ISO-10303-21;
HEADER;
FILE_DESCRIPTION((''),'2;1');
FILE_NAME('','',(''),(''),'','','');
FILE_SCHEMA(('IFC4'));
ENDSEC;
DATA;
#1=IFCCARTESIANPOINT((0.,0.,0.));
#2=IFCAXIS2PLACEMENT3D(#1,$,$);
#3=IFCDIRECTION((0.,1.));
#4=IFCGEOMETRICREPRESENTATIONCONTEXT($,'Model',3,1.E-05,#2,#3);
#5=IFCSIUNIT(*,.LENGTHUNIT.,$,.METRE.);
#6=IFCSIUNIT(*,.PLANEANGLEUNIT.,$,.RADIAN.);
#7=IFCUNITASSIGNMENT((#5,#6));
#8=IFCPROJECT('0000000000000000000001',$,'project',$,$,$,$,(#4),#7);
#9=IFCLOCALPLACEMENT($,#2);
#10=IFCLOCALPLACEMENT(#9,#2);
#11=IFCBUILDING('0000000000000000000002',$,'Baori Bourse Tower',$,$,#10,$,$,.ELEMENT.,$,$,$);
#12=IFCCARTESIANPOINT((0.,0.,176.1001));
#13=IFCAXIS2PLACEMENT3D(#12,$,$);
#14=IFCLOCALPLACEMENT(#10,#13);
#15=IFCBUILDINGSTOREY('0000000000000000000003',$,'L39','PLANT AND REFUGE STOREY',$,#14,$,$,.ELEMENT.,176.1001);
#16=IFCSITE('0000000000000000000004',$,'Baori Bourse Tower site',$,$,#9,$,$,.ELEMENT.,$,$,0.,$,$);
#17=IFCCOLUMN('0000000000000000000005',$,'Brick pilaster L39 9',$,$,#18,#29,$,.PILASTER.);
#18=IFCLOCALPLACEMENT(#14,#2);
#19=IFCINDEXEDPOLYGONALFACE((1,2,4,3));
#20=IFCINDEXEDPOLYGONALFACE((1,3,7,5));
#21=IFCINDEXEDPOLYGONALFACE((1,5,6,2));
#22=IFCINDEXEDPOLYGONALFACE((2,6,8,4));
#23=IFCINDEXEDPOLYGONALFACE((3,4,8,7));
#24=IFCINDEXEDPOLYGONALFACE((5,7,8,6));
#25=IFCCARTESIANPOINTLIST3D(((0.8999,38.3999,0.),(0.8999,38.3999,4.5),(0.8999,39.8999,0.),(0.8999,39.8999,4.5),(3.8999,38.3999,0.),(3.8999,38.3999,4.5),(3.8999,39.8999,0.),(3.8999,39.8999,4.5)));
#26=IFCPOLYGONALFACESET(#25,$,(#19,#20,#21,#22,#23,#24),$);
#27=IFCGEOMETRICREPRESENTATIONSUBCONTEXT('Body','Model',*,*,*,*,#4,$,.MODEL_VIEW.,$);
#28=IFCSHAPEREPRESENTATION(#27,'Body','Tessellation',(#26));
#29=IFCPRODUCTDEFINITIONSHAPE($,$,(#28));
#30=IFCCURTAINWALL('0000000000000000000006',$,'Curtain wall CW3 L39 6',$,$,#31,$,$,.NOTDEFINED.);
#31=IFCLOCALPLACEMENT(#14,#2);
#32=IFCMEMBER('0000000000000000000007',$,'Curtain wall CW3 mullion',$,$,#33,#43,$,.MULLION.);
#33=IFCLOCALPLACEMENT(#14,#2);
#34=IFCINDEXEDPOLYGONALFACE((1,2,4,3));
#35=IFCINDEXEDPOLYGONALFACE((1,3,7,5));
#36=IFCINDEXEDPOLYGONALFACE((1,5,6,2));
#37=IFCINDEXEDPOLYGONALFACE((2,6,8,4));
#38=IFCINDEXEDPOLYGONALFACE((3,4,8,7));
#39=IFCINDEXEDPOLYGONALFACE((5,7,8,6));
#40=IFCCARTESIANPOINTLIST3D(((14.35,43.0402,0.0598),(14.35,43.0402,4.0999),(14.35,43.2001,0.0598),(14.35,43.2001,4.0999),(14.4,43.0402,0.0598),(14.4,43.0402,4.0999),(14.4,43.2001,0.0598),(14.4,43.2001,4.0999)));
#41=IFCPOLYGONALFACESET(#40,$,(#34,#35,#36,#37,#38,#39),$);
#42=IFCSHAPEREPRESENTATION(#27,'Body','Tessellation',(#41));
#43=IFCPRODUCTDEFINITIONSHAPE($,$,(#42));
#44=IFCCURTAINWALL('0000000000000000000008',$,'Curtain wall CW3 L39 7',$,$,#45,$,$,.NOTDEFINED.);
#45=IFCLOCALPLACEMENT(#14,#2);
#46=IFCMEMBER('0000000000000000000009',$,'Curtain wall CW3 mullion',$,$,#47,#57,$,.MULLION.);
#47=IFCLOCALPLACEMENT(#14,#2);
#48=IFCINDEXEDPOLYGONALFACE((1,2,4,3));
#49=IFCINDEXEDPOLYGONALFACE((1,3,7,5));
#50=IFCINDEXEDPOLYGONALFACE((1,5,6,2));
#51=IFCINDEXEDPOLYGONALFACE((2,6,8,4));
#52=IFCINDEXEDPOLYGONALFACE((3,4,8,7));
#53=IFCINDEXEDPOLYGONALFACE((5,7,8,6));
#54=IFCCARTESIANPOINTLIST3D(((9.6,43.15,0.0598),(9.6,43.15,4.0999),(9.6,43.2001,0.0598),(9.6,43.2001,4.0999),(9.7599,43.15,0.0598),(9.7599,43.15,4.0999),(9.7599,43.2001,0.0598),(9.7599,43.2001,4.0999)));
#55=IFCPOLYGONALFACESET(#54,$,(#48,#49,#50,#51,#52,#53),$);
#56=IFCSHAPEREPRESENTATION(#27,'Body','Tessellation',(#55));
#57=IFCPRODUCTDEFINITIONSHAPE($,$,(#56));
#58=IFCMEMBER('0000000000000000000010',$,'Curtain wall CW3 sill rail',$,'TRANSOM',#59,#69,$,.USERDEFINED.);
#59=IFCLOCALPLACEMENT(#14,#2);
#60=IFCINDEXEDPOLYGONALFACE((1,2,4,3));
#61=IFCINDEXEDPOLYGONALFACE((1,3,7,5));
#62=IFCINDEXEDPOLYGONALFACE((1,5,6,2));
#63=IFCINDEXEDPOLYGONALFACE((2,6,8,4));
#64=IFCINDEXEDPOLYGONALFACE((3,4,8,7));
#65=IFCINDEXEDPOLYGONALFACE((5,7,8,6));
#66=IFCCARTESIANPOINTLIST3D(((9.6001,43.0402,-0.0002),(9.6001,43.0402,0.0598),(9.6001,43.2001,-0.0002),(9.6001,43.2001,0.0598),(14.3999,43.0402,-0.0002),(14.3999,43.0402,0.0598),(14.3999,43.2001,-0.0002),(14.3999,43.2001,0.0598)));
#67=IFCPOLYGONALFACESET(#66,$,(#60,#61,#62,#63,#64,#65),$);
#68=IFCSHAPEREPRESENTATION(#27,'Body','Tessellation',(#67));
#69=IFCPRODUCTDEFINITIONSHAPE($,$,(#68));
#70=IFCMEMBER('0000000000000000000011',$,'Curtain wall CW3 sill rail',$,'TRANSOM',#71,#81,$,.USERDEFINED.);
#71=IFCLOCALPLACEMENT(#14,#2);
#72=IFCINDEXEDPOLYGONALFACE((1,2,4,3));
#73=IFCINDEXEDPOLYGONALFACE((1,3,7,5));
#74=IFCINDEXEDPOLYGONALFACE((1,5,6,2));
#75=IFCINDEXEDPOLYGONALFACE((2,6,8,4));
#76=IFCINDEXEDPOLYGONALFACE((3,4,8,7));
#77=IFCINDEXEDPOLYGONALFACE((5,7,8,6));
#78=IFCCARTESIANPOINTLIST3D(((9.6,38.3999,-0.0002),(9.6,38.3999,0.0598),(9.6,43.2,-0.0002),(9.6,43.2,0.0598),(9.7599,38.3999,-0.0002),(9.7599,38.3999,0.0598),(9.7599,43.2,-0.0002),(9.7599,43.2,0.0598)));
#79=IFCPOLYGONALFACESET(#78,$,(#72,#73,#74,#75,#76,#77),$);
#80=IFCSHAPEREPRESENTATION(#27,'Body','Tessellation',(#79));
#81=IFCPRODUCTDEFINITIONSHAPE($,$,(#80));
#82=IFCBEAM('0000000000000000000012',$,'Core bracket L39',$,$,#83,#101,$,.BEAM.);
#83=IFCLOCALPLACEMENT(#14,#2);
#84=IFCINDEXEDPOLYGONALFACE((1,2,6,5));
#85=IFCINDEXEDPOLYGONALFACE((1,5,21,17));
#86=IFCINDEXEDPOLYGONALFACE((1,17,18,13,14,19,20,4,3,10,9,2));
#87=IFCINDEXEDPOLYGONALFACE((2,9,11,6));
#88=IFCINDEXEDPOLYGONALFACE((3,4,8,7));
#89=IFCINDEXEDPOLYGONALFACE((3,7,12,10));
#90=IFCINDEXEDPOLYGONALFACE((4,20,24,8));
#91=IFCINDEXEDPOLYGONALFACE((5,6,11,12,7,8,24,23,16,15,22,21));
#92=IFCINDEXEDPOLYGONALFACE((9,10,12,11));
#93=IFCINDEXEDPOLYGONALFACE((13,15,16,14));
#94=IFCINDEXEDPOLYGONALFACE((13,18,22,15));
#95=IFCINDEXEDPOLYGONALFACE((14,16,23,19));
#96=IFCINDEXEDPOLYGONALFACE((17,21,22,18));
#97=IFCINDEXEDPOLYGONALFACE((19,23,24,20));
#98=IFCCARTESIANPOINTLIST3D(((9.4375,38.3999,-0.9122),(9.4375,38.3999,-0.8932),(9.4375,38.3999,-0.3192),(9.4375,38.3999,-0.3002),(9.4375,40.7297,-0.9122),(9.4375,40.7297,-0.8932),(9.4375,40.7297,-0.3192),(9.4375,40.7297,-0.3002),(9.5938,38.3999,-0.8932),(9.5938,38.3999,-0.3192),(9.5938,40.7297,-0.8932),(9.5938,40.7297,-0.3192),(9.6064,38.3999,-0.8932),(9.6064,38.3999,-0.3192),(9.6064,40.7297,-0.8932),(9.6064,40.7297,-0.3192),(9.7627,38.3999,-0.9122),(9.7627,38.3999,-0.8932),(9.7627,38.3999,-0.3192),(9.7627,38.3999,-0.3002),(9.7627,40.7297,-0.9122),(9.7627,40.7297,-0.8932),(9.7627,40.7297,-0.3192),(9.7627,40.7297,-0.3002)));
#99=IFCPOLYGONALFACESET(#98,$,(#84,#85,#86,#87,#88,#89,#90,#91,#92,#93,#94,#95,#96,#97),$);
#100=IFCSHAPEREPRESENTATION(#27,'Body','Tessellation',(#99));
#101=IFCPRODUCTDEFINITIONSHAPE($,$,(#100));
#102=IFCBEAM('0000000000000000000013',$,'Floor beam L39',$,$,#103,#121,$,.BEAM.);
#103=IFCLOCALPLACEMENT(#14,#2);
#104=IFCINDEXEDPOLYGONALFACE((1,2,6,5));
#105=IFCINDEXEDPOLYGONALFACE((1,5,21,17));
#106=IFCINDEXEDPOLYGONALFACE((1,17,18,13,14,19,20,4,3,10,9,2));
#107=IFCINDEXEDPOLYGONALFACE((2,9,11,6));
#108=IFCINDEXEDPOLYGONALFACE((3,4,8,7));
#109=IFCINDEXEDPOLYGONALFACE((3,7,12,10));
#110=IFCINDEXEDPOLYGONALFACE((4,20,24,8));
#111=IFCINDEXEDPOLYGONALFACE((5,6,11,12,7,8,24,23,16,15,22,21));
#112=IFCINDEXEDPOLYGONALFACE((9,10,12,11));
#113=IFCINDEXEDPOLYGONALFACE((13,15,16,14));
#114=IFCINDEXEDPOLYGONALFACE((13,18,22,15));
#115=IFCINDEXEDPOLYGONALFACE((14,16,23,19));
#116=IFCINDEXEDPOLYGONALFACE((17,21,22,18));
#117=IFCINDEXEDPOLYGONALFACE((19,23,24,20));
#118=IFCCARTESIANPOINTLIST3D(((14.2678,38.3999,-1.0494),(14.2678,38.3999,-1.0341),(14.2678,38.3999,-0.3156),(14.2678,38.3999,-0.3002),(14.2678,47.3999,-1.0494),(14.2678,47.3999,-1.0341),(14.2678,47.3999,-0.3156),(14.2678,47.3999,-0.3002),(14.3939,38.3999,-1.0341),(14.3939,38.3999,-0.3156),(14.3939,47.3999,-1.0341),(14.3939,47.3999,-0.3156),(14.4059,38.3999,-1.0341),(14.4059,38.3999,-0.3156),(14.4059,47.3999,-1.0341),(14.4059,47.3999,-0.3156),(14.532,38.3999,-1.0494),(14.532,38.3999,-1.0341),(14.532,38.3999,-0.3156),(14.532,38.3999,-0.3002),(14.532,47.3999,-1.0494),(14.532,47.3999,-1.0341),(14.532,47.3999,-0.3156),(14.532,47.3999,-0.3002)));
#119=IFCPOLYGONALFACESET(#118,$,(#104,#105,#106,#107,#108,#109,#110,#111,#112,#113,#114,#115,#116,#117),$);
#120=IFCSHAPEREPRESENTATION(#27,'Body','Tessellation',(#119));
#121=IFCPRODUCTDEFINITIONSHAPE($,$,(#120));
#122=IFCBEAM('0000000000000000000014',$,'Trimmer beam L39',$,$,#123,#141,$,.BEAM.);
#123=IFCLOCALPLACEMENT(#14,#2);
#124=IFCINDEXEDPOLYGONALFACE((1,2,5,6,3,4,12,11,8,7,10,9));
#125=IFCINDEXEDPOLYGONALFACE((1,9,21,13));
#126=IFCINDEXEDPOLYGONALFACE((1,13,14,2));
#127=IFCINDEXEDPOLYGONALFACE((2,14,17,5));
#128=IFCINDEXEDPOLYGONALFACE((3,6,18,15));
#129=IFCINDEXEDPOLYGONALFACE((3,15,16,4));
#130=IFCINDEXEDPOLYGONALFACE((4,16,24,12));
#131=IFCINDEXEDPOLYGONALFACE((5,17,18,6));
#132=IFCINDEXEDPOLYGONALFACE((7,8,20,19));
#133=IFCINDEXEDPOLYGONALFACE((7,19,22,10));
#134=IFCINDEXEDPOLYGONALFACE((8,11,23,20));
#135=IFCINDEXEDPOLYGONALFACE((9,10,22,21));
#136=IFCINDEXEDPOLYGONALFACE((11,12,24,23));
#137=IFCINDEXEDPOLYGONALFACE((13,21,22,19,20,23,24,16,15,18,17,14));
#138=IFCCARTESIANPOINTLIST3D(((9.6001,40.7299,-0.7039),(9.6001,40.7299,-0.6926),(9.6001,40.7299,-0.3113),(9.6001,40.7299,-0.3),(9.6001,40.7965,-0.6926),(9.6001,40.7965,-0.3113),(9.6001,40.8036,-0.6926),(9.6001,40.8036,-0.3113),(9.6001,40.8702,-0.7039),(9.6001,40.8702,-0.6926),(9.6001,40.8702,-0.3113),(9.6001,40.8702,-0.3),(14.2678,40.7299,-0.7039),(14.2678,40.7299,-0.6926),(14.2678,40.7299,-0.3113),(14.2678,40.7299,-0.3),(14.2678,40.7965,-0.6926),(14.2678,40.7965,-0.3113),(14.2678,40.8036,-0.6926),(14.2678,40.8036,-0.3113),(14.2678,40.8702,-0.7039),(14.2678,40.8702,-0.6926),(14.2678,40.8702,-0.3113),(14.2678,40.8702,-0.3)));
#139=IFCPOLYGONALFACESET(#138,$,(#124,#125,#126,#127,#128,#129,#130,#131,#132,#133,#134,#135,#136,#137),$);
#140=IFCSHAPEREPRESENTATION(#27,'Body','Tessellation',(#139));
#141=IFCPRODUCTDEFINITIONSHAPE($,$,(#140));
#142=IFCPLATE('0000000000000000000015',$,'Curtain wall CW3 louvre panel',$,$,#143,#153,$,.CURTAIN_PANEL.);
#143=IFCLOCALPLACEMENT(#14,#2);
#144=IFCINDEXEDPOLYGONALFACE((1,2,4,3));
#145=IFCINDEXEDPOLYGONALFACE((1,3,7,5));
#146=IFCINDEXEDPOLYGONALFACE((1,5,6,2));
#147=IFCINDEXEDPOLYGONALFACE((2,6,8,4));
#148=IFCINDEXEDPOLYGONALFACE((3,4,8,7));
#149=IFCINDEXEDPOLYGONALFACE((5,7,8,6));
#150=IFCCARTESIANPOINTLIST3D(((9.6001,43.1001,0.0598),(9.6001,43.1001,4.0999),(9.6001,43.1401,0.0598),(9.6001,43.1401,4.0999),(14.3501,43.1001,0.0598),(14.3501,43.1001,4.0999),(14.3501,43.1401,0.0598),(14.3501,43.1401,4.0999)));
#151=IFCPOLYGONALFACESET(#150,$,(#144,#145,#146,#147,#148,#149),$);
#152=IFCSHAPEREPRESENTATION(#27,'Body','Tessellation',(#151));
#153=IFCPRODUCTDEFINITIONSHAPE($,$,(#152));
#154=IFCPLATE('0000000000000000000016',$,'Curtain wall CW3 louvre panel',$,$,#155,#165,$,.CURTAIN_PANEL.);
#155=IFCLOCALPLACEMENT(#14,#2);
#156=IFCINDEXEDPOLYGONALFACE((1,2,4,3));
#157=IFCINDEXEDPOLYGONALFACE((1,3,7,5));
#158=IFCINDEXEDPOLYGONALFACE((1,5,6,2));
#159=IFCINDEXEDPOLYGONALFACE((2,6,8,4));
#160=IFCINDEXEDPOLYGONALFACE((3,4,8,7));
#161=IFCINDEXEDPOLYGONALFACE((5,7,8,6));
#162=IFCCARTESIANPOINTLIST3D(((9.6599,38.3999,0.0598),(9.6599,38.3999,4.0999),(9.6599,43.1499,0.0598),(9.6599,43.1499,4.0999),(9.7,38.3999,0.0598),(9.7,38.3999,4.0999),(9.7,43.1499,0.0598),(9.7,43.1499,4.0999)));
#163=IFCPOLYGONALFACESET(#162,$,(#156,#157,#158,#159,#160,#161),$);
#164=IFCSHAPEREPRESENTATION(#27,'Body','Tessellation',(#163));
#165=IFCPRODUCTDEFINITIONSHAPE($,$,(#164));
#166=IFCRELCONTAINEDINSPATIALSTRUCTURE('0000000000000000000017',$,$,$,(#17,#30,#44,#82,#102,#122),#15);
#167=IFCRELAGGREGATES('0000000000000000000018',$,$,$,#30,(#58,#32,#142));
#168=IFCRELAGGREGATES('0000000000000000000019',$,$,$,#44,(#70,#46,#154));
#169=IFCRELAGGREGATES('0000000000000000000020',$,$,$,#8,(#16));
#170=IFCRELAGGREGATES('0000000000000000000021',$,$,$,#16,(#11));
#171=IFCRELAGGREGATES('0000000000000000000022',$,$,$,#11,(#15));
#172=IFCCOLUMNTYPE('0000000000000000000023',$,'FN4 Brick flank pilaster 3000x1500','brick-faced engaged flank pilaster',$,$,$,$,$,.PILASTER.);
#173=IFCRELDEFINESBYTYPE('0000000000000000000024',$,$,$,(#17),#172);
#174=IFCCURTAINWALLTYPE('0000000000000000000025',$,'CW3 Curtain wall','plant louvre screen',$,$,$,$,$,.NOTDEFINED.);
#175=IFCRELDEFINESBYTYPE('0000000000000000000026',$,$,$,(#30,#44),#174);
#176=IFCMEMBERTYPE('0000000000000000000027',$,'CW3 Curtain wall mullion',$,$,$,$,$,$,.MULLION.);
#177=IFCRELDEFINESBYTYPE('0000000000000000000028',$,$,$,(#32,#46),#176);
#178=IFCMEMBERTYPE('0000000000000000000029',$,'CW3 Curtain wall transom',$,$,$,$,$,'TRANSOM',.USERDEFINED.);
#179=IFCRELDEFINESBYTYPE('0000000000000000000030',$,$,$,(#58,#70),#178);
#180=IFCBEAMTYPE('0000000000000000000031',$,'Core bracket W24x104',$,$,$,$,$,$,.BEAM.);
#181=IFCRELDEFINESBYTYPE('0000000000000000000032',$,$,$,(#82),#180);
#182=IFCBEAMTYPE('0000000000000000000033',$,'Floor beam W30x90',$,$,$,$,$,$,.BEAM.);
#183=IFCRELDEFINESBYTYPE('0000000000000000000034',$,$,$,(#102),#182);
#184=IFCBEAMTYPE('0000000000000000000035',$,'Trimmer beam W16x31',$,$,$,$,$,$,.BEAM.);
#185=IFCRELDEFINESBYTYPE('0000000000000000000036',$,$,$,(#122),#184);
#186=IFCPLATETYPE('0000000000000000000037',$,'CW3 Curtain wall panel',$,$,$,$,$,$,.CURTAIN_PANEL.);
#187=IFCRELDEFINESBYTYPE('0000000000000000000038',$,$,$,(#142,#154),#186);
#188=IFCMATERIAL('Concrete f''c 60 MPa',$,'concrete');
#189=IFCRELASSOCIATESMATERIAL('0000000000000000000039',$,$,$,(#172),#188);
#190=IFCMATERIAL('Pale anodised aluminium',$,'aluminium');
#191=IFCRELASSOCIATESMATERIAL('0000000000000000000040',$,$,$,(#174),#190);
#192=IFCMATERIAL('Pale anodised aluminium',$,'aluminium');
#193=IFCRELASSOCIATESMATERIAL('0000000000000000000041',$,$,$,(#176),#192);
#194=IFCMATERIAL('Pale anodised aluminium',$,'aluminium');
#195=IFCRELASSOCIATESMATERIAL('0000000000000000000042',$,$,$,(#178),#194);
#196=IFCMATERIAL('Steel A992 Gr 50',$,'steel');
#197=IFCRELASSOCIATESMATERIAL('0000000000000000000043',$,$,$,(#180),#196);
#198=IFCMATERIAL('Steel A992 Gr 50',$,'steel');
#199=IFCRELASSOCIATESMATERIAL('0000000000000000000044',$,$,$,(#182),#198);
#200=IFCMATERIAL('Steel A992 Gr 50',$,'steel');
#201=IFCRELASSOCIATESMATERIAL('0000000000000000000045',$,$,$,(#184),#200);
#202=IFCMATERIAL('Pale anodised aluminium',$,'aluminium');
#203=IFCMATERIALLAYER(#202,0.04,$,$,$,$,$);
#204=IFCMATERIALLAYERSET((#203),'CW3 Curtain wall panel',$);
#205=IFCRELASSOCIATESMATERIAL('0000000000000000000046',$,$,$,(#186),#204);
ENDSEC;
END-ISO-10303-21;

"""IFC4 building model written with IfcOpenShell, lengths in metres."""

from ifc_helpers import new_model, si_unit, direction, frame, origin, origin_2d, place, context, subcontext, project, spatial, rectangle, i_section, extrude, material, layer, layer_set, material_profile, profile_set, type_object, element, aggregate, save


model = new_model("IFC4")

# Units and contexts
model_context = context("Model", 3, precision=1e-05, world=origin(), true_north=direction((0.0, 1.0)))
body_context = subcontext(model_context, "Body", "Model", "MODEL_VIEW")
ifc_project = project(units=[si_unit("LENGTHUNIT", "METRE"), si_unit("PLANEANGLEUNIT", "RADIAN")], contexts=[model_context])

# Site, building, storey
site_placement = place(None, origin())
site = spatial("IfcSite", under=ifc_project, at=site_placement, Name="Baori Bourse Tower site", CompositionType="ELEMENT", RefElevation=0.0)
building_placement = place(site_placement, origin())
building = spatial("IfcBuilding", under=site, at=building_placement, Name="Baori Bourse Tower", CompositionType="ELEMENT")
storey_placement = place(building_placement, frame((0.0, 0.0, 176.1001)))
storey = spatial("IfcBuildingStorey", under=building, at=storey_placement, Name="L39", Description="PLANT AND REFUGE STOREY", CompositionType="ELEMENT", Elevation=176.1001)

# Column
ifc_material_1 = material(Name="Concrete f'c 60 MPa", Category="concrete")
ifc_material_profile_1 = material_profile(ifc_material_1, rectangle(XDim=3.0, YDim=1.5, at=origin_2d()), Name="RC 3000x1500")
ifc_profile_set_1 = profile_set([ifc_material_profile_1], Name="Concrete f'c 60 MPa")
column_type = type_object("IfcColumnType", Name="FN4 Brick flank pilaster 3000x1500", Description="brick-faced engaged flank pilaster", PredefinedType="PILASTER", material=ifc_profile_set_1)
column_placement = place(storey_placement, frame((2.3999, 39.1499, 0.0), z_axis=(0.0, 0.0, 1.0), x_axis=(1.0, 0.0, 0.0)))
element("IfcColumn", 1, at=column_placement, inside=storey, type_object=column_type, Name="Brick pilaster L39 9", PredefinedType="PILASTER", context=body_context, shape_type="SweptSolid", body=[
    extrude(rectangle(XDim=3.0, YDim=1.5, at=origin_2d()), origin(), (0.0, 0.0, 1.0), 4.5),
])

# Curtain walls, members
ifc_material_2 = material(Name="Pale anodised aluminium", Category="aluminium")
curtain_wall_type = type_object("IfcCurtainWallType", Name="CW3 Curtain wall", Description="plant louvre screen", PredefinedType="NOTDEFINED", material=ifc_material_2)
curtain_wall_1_placement = place(storey_placement, origin())
curtain_wall_1 = element("IfcCurtainWall", 2, at=curtain_wall_1_placement, inside=storey, type_object=curtain_wall_type, Name="Curtain wall CW3 L39 6", PredefinedType="NOTDEFINED")
ifc_material_3 = material(Name="Pale anodised aluminium", Category="aluminium")
ifc_material_profile_2 = material_profile(ifc_material_3, rectangle(XDim=0.1599, YDim=0.05, at=origin_2d()), Name="Mullion 50x160")
ifc_profile_set_2 = profile_set([ifc_material_profile_2], Name="Pale anodised aluminium")
member_type_1 = type_object("IfcMemberType", Name="CW3 Curtain wall mullion", PredefinedType="MULLION", material=ifc_profile_set_2)
member_1_placement = place(storey_placement, frame((14.375, 43.1201, 0.0598), z_axis=(0.0, 0.0, 1.0), x_axis=(0.0, -1.0, 0.0)))
member_1 = element("IfcMember", 3, at=member_1_placement, type_object=member_type_1, Name="Curtain wall CW3 mullion", PredefinedType="MULLION", context=body_context, shape_type="SweptSolid", body=[
    extrude(rectangle(XDim=0.1599, YDim=0.05, at=origin_2d()), origin(), (0.0, 0.0, 1.0), 4.04),
])
curtain_wall_2_placement = place(storey_placement, origin())
curtain_wall_2 = element("IfcCurtainWall", 4, at=curtain_wall_2_placement, inside=storey, type_object=curtain_wall_type, Name="Curtain wall CW3 L39 7", PredefinedType="NOTDEFINED")
member_2_placement = place(storey_placement, frame((9.6799, 43.175, 0.0598), z_axis=(0.0, 0.0, 1.0), x_axis=(1.0, 0.0, 0.0)))
member_2 = element("IfcMember", 5, at=member_2_placement, type_object=member_type_1, Name="Curtain wall CW3 mullion", PredefinedType="MULLION", context=body_context, shape_type="SweptSolid", body=[
    extrude(rectangle(XDim=0.1599, YDim=0.05, at=origin_2d()), origin(), (0.0, 0.0, 1.0), 4.04),
])

# Members
ifc_material_4 = material(Name="Pale anodised aluminium", Category="aluminium")
ifc_material_profile_3 = material_profile(ifc_material_4, rectangle(XDim=0.1599, YDim=0.0601, at=origin_2d()), Name="Transom 60x160")
ifc_profile_set_3 = profile_set([ifc_material_profile_3], Name="Pale anodised aluminium")
member_type_2 = type_object("IfcMemberType", Name="CW3 Curtain wall transom", ElementType="TRANSOM", PredefinedType="USERDEFINED", material=ifc_profile_set_3)
member_3_placement = place(storey_placement, frame((14.3999, 43.1201, 0.0298), z_axis=(-1.0, 0.0, 0.0), x_axis=(0.0, -1.0, 0.0)))
member_3 = element("IfcMember", 6, at=member_3_placement, type_object=member_type_2, Name="Curtain wall CW3 sill rail", ObjectType="TRANSOM", PredefinedType="USERDEFINED", context=body_context, shape_type="SweptSolid", body=[
    extrude(rectangle(XDim=0.1599, YDim=0.0601, at=origin_2d()), origin(), (0.0, 0.0, 1.0), 4.7998),
])
member_4_placement = place(storey_placement, frame((9.6799, 43.2, 0.0298), z_axis=(0.0, -1.0, 0.0), x_axis=(1.0, 0.0, 0.0)))
member_4 = element("IfcMember", 7, at=member_4_placement, type_object=member_type_2, Name="Curtain wall CW3 sill rail", ObjectType="TRANSOM", PredefinedType="USERDEFINED", context=body_context, shape_type="SweptSolid", body=[
    extrude(rectangle(XDim=0.1599, YDim=0.0601, at=origin_2d()), origin(), (0.0, 0.0, 1.0), 4.8),
])

# Beams
ifc_material_5 = material(Name="Steel A992 Gr 50", Category="steel")
ifc_material_profile_4 = material_profile(ifc_material_5, i_section(OverallWidth=0.3252, OverallDepth=0.6121, WebThickness=0.0127, FlangeThickness=0.019, at=origin_2d()), Name="W24x104")
ifc_profile_set_4 = profile_set([ifc_material_profile_4], Name="Steel A992 Gr 50")
beam_type_1 = type_object("IfcBeamType", Name="Core bracket W24x104", PredefinedType="BEAM", material=ifc_profile_set_4)
beam_1_placement = place(storey_placement, frame((9.6001, 38.3999, -0.6062), z_axis=(0.0, 1.0, 0.0), x_axis=(-1.0, 0.0, 0.0)))
element("IfcBeam", 8, at=beam_1_placement, inside=storey, type_object=beam_type_1, Name="Core bracket L39", PredefinedType="BEAM", context=body_context, shape_type="SweptSolid", body=[
    extrude(i_section(OverallWidth=0.3252, OverallDepth=0.6121, WebThickness=0.0127, FlangeThickness=0.019, at=origin_2d()), origin(), (0.0, 0.0, 1.0), 2.3298),
])
ifc_material_6 = material(Name="Steel A992 Gr 50", Category="steel")
ifc_material_profile_5 = material_profile(ifc_material_6, i_section(OverallWidth=0.2642, OverallDepth=0.7493, WebThickness=0.012, FlangeThickness=0.0154, at=origin_2d()), Name="W30x90")
ifc_profile_set_5 = profile_set([ifc_material_profile_5], Name="Steel A992 Gr 50")
beam_type_2 = type_object("IfcBeamType", Name="Floor beam W30x90", PredefinedType="BEAM", material=ifc_profile_set_5)
beam_2_placement = place(storey_placement, frame((14.3999, 38.3999, -0.6748), z_axis=(0.0, 1.0, 0.0), x_axis=(-1.0, 0.0, 0.0)))
element("IfcBeam", 9, at=beam_2_placement, inside=storey, type_object=beam_type_2, Name="Floor beam L39", PredefinedType="BEAM", context=body_context, shape_type="SweptSolid", body=[
    extrude(i_section(OverallWidth=0.2642, OverallDepth=0.7493, WebThickness=0.012, FlangeThickness=0.0154, at=origin_2d()), origin(), (0.0, 0.0, 1.0), 9.0),
])
ifc_material_7 = material(Name="Steel A992 Gr 50", Category="steel")
ifc_material_profile_6 = material_profile(ifc_material_7, i_section(OverallWidth=0.1404, OverallDepth=0.4038, WebThickness=0.0071, FlangeThickness=0.0112, at=origin_2d()), Name="W16x31")
ifc_profile_set_6 = profile_set([ifc_material_profile_6], Name="Steel A992 Gr 50")
beam_type_3 = type_object("IfcBeamType", Name="Trimmer beam W16x31", PredefinedType="BEAM", material=ifc_profile_set_6)
beam_3_placement = place(storey_placement, frame((9.6001, 40.8, -0.502), z_axis=(1.0, 0.0, 0.0), x_axis=(0.0, 1.0, 0.0)))
element("IfcBeam", 10, at=beam_3_placement, inside=storey, type_object=beam_type_3, Name="Trimmer beam L39", PredefinedType="BEAM", context=body_context, shape_type="SweptSolid", body=[
    extrude(i_section(OverallWidth=0.1404, OverallDepth=0.4038, WebThickness=0.0071, FlangeThickness=0.0112, at=origin_2d()), origin(), (0.0, 0.0, 1.0), 4.6677),
])

# Plates
ifc_material_8 = material(Name="Pale anodised aluminium", Category="aluminium")
ifc_layer_1 = layer(ifc_material_8, 0.04)
ifc_layer_set_1 = layer_set([ifc_layer_1], Name="CW3 Curtain wall panel")
plate_type = type_object("IfcPlateType", Name="CW3 Curtain wall panel", PredefinedType="CURTAIN_PANEL", material=ifc_layer_set_1)
plate_1_placement = place(storey_placement, frame((11.9751, 43.1201, 0.0598), z_axis=(0.0, 0.0, 1.0), x_axis=(-1.0, 0.0, 0.0)))
plate_1 = element("IfcPlate", 11, at=plate_1_placement, type_object=plate_type, Name="Curtain wall CW3 louvre panel", PredefinedType="CURTAIN_PANEL", context=body_context, shape_type="SweptSolid", body=[
    extrude(rectangle(XDim=4.75, YDim=0.04, at=origin_2d()), origin(), (0.0, 0.0, 1.0), 4.04),
])
aggregate(curtain_wall_1, [member_3, member_1, plate_1])
plate_2_placement = place(storey_placement, frame((9.6799, 40.7749, 0.0598), z_axis=(0.0, 0.0, 1.0), x_axis=(0.0, -1.0, 0.0)))
plate_2 = element("IfcPlate", 12, at=plate_2_placement, type_object=plate_type, Name="Curtain wall CW3 louvre panel", PredefinedType="CURTAIN_PANEL", context=body_context, shape_type="SweptSolid", body=[
    extrude(rectangle(XDim=4.75, YDim=0.04, at=origin_2d()), origin(), (0.0, 0.0, 1.0), 4.04),
])
aggregate(curtain_wall_2, [member_4, member_2, plate_2])

save(model, "model.ifc")
